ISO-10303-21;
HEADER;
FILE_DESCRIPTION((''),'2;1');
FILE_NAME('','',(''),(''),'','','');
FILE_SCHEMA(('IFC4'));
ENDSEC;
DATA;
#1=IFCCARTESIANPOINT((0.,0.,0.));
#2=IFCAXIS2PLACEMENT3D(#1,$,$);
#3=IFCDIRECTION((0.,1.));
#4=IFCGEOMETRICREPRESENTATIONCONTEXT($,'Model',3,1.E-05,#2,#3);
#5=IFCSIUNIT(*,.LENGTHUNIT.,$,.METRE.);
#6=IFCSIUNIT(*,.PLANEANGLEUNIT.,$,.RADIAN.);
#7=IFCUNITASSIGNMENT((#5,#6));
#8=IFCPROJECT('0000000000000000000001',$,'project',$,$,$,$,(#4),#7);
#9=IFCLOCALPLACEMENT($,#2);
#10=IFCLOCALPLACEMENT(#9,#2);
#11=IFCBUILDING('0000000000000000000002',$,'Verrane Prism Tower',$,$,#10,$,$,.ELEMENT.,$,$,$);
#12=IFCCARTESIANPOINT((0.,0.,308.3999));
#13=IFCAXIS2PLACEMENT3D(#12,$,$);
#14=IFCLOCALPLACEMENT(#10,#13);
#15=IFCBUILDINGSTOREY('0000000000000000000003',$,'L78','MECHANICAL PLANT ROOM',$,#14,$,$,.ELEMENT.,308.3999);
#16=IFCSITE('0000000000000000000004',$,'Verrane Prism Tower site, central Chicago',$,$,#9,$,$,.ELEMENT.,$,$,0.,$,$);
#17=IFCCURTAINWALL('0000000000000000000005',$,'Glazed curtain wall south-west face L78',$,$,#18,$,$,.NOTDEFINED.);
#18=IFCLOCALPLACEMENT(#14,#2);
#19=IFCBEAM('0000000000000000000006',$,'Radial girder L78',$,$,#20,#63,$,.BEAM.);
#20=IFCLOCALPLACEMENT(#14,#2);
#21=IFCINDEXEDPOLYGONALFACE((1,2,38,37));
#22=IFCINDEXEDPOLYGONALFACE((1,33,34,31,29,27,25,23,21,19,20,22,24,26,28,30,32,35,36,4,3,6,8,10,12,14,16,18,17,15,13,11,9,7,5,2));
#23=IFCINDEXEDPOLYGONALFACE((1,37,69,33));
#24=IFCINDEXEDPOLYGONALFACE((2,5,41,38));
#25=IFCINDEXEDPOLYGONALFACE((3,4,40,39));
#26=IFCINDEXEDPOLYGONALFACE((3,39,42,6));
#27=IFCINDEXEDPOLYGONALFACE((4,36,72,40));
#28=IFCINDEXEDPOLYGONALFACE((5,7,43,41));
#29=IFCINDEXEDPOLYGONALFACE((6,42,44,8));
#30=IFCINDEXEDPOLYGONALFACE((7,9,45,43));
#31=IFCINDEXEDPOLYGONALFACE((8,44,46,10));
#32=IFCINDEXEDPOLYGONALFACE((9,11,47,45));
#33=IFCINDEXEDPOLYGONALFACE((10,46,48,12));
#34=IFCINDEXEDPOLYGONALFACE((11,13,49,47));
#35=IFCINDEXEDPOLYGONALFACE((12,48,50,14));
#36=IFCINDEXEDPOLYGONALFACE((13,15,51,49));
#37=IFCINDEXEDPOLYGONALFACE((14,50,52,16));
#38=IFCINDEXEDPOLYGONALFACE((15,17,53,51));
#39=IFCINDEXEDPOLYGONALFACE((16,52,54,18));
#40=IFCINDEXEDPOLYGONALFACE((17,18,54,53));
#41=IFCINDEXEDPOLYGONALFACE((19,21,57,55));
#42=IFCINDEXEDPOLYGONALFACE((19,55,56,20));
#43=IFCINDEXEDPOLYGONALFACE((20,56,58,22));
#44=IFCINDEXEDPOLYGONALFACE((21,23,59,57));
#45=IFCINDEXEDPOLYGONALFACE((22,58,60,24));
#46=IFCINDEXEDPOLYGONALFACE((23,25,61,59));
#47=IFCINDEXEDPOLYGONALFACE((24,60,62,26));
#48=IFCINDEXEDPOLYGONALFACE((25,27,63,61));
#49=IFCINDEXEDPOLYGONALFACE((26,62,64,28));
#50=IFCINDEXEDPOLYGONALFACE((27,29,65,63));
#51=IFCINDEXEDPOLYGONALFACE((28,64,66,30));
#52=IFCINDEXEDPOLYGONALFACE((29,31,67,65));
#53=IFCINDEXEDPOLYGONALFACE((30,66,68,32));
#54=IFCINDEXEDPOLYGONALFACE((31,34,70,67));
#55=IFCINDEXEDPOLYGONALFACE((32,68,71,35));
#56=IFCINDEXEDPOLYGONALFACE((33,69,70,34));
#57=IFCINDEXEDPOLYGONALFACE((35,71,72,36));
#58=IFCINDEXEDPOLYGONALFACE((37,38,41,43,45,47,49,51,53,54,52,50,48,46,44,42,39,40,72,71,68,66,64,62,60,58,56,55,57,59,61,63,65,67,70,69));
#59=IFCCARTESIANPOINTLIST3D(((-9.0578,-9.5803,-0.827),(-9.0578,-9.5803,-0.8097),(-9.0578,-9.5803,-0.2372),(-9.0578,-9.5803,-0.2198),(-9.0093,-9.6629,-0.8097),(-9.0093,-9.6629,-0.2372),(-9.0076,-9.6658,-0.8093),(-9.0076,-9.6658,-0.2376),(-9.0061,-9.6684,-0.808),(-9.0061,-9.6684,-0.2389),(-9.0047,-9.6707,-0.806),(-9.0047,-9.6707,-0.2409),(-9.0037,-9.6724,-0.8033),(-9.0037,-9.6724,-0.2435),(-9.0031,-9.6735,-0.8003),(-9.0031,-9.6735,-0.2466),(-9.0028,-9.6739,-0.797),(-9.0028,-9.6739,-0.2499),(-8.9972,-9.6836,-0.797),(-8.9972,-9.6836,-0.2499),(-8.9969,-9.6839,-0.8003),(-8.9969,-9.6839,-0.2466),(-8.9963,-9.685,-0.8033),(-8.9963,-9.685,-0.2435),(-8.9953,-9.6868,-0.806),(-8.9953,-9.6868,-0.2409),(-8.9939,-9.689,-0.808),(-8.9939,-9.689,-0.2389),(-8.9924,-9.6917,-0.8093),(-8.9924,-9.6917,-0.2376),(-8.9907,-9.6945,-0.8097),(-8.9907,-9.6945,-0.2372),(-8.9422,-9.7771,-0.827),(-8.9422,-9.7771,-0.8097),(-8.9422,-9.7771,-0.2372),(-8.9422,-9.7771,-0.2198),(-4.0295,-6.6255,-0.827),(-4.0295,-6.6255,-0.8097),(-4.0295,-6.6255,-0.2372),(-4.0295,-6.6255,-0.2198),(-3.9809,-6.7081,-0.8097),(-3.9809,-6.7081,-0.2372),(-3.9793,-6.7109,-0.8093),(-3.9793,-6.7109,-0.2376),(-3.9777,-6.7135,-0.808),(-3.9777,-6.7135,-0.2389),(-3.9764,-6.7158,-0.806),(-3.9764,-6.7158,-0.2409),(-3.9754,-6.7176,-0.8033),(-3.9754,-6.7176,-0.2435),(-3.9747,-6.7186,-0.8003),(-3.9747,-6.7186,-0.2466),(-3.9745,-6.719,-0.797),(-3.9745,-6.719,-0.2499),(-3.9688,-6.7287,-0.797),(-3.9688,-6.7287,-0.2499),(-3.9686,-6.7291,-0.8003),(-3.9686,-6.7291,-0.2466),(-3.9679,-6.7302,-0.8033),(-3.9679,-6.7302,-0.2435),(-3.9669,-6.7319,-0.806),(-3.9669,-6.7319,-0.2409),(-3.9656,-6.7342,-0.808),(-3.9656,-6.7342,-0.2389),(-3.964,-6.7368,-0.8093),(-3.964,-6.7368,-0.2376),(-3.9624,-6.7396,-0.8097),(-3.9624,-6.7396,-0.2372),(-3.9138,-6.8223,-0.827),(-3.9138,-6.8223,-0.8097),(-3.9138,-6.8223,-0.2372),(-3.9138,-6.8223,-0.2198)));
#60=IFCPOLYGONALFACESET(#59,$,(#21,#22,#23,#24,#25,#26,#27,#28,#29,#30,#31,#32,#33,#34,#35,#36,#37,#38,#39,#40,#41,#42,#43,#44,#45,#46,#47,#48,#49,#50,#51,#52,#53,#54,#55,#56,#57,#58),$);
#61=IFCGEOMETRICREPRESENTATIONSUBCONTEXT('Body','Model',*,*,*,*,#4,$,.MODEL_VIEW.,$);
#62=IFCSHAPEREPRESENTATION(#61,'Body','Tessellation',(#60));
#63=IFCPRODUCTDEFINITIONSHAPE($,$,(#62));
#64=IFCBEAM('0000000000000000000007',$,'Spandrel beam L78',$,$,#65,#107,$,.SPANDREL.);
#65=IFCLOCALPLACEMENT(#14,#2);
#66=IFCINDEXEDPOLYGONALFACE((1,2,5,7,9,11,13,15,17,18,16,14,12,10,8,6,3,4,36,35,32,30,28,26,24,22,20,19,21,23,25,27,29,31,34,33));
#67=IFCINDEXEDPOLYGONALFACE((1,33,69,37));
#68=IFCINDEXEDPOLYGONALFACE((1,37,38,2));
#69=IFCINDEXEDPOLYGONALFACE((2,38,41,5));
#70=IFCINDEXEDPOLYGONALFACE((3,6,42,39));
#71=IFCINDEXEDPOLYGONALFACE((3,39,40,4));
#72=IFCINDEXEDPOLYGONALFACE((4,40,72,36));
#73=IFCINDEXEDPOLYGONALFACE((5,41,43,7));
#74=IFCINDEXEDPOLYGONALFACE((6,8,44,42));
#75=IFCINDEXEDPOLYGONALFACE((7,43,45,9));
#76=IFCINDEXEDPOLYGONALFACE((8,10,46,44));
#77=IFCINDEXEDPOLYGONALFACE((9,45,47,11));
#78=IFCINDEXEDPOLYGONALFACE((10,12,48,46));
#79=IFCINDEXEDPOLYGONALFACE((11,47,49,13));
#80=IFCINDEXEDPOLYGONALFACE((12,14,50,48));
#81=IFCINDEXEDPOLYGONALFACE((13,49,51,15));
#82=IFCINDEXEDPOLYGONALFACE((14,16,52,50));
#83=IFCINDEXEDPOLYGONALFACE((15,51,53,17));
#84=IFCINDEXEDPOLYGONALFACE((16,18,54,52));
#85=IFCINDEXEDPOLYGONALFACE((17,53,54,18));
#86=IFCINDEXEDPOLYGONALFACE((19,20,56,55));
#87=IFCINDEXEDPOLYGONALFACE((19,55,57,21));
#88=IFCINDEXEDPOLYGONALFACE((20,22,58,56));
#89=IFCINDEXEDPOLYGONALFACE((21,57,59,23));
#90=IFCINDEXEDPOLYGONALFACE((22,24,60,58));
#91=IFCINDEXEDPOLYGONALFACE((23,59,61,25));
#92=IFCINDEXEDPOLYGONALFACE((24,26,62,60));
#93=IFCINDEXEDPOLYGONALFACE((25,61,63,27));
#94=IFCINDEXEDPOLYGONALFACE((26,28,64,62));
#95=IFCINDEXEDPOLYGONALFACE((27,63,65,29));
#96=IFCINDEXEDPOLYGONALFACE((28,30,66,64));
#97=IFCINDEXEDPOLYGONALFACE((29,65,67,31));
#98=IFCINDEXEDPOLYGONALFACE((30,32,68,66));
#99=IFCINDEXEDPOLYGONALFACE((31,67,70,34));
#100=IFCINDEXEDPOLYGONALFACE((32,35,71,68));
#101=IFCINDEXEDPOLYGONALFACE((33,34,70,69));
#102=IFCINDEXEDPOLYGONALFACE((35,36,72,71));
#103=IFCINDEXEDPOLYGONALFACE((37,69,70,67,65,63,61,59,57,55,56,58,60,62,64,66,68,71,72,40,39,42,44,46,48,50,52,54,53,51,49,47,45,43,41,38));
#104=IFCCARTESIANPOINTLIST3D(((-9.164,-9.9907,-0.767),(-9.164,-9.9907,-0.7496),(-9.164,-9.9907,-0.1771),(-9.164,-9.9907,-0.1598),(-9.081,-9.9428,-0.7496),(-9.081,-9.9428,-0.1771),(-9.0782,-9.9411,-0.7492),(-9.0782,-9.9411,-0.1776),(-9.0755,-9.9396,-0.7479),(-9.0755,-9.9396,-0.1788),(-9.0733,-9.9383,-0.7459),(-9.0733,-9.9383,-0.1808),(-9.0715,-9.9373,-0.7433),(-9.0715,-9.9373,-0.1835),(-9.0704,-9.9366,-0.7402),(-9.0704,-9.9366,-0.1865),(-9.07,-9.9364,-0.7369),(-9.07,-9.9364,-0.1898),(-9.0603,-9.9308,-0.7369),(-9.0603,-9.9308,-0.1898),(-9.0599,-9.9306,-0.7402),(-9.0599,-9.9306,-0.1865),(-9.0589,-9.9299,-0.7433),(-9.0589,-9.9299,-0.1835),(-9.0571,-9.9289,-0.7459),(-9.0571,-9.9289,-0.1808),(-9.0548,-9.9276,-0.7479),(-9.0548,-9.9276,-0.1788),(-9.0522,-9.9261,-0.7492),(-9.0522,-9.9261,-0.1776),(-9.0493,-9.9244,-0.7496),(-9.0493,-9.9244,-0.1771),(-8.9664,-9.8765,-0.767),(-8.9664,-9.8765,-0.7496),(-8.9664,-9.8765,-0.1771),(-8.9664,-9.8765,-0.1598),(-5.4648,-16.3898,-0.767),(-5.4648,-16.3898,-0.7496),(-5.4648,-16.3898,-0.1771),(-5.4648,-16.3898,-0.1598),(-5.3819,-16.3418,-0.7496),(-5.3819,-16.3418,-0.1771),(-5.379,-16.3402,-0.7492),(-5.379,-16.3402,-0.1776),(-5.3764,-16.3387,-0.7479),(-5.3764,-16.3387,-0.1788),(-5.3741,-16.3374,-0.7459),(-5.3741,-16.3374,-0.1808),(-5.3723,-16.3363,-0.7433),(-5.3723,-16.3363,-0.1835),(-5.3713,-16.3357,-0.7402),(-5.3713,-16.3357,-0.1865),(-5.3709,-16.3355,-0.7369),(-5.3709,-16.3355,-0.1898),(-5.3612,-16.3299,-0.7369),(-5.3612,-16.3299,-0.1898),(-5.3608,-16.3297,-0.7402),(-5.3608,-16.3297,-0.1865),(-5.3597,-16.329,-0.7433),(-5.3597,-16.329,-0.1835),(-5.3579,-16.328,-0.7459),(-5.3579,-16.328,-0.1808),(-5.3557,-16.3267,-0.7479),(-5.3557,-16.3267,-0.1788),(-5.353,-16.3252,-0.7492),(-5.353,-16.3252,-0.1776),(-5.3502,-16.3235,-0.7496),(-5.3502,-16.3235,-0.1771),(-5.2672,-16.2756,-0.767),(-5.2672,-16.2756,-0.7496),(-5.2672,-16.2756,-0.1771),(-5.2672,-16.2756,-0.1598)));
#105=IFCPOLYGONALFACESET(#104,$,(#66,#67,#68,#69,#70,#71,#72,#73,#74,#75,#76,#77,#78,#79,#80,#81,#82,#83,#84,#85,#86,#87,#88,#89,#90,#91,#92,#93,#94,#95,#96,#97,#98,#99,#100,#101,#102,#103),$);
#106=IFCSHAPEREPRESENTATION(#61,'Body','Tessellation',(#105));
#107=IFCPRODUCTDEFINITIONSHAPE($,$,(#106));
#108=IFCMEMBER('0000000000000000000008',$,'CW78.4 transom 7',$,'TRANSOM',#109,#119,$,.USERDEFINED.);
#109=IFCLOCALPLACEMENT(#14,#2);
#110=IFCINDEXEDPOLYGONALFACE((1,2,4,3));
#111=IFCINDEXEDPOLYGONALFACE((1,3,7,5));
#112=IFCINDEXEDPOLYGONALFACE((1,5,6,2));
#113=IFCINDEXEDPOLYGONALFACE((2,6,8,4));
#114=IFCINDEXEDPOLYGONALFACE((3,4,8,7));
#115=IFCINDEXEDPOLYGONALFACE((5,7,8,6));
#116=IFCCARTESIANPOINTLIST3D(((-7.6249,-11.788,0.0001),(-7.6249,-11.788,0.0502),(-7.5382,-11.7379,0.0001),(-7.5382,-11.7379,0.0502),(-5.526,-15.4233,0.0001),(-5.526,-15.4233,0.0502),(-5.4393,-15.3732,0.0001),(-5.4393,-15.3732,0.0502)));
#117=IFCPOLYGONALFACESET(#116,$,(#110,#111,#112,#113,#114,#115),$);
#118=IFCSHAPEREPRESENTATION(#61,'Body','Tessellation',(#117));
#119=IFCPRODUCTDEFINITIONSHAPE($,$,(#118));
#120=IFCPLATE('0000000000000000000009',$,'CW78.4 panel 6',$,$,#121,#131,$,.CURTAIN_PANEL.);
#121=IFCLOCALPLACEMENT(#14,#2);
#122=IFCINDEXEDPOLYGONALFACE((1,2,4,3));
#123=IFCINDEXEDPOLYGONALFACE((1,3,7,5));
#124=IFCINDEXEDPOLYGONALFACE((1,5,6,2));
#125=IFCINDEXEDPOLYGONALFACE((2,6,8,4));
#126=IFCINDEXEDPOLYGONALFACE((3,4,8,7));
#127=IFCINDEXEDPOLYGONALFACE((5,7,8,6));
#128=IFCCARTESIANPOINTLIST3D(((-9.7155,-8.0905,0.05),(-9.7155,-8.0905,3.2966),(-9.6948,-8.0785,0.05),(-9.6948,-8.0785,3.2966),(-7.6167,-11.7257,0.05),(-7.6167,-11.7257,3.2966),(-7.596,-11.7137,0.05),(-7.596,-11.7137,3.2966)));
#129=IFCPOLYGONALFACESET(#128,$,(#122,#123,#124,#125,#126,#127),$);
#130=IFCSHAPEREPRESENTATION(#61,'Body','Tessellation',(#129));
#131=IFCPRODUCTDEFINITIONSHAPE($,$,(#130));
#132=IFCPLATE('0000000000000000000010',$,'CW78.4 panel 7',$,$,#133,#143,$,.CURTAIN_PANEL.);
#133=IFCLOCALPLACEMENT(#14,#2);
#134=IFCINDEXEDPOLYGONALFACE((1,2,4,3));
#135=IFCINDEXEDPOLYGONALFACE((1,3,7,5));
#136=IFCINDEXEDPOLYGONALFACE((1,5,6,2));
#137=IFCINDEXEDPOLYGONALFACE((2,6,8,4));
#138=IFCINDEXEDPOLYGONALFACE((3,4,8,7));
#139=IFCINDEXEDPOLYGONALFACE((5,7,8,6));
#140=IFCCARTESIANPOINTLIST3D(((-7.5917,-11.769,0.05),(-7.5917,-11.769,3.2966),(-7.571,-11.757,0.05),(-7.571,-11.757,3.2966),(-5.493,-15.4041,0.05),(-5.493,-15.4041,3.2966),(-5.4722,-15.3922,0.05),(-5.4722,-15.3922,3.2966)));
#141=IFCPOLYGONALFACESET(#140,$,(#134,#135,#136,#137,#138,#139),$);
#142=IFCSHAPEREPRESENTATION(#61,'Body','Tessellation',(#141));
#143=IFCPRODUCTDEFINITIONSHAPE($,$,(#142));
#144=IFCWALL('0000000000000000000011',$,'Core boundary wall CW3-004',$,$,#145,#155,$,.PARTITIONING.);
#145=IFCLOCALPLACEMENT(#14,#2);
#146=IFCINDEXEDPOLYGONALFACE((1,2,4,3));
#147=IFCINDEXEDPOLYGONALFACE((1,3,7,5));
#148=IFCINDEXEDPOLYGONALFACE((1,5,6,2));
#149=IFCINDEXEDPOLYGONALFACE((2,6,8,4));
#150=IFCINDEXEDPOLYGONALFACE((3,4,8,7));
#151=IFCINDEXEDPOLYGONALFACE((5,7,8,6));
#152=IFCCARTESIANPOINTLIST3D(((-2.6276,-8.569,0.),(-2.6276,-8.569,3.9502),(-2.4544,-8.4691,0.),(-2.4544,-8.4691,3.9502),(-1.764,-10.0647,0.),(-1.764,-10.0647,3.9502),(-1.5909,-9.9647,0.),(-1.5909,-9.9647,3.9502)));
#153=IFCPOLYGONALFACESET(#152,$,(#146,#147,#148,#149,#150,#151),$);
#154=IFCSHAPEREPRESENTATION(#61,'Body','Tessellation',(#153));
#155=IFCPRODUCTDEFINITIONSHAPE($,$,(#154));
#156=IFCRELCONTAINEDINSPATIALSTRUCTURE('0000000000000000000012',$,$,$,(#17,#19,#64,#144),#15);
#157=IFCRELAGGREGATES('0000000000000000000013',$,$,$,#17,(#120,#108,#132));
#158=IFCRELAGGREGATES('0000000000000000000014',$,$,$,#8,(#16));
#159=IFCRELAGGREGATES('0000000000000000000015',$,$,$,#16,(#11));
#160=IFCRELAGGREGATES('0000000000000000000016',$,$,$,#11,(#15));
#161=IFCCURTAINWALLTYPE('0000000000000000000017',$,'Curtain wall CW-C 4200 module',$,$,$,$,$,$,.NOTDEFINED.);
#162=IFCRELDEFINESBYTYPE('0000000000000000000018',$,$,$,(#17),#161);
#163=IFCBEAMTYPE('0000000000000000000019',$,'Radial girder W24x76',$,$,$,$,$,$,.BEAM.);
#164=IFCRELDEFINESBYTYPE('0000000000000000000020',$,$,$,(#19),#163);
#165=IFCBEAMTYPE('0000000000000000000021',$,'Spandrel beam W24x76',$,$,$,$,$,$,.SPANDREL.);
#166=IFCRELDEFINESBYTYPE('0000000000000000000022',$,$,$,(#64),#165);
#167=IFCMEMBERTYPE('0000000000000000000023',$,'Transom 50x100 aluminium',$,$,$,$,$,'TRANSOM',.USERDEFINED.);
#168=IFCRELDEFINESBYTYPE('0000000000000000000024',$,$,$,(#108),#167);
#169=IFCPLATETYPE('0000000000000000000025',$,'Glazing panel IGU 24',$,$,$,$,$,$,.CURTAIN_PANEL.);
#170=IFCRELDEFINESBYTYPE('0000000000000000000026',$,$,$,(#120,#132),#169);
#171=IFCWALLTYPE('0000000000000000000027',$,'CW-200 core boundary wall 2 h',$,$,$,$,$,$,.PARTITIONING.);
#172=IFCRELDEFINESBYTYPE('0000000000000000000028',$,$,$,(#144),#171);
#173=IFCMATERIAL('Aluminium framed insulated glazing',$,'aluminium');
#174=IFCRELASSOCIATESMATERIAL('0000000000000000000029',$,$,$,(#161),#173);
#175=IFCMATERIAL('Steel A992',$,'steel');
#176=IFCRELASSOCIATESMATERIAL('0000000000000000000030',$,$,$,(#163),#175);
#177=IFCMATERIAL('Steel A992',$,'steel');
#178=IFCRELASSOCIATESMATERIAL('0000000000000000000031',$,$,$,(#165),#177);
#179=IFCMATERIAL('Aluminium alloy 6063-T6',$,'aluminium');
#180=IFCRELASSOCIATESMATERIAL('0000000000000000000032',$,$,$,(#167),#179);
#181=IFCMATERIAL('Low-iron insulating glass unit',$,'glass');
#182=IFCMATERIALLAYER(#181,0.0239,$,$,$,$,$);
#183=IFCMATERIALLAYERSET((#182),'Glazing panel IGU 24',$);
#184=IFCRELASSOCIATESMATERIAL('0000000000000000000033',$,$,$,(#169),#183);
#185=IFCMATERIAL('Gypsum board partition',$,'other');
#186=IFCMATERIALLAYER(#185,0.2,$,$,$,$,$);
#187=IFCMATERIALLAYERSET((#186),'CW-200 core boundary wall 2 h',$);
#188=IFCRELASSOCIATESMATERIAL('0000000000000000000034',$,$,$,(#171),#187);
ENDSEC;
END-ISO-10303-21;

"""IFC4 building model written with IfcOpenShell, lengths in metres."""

from ifc_helpers import new_model, si_unit, direction, frame, frame_2d, origin, origin_2d, place, context, subcontext, project, spatial, rectangle, i_section, extrude, material, layer, layer_set, material_profile, profile_set, type_object, element, aggregate, save


model = new_model("IFC4")

# Units and contexts
model_context = context("Model", 3, precision=1e-05, world=origin(), true_north=direction((0.0, 1.0)))
body_context = subcontext(model_context, "Body", "Model", "MODEL_VIEW")
ifc_project = project(units=[si_unit("LENGTHUNIT", "METRE"), si_unit("PLANEANGLEUNIT", "RADIAN")], contexts=[model_context])

# Site, building, storey
site_placement = place(None, origin())
site = spatial("IfcSite", under=ifc_project, at=site_placement, Name="Verrane Prism Tower site, central Chicago", CompositionType="ELEMENT", RefElevation=0.0)
building_placement = place(site_placement, origin())
building = spatial("IfcBuilding", under=site, at=building_placement, Name="Verrane Prism Tower", CompositionType="ELEMENT")
storey_placement = place(building_placement, frame((0.0, 0.0, 308.3999)))
storey = spatial("IfcBuildingStorey", under=building, at=storey_placement, Name="L78", Description="MECHANICAL PLANT ROOM", CompositionType="ELEMENT", Elevation=308.3999)

# Curtain wall
ifc_material_1 = material(Name="Aluminium framed insulated glazing", Category="aluminium")
curtain_wall_type = type_object("IfcCurtainWallType", Name="Curtain wall CW-C 4200 module", PredefinedType="NOTDEFINED", material=ifc_material_1)
curtain_wall_placement = place(storey_placement, origin())
curtain_wall = element("IfcCurtainWall", 1, at=curtain_wall_placement, inside=storey, type_object=curtain_wall_type, Name="Glazed curtain wall south-west face L78", PredefinedType="NOTDEFINED")

# Beams
ifc_material_2 = material(Name="Steel A992", Category="steel")
ifc_material_profile_1 = material_profile(ifc_material_2, i_section(OverallWidth=0.2283, OverallDepth=0.6072, WebThickness=0.0112, FlangeThickness=0.0173, FilletRadius=0.0127, at=origin_2d()), Name="W24x76")
ifc_profile_set_1 = profile_set([ifc_material_profile_1], Name="Steel A992")
beam_type_1 = type_object("IfcBeamType", Name="Radial girder W24x76", PredefinedType="BEAM", material=ifc_profile_set_1)
beam_1_placement = place(storey_placement, frame((-9.0, -9.6787, -0.5234), z_axis=(0.862159, 0.506638, 0.0), x_axis=(-0.506638, 0.862159, 0.0)))
element("IfcBeam", 2, at=beam_1_placement, inside=storey, type_object=beam_type_1, Name="Radial girder L78", PredefinedType="BEAM", context=body_context, shape_type="SweptSolid", body=[
    extrude(i_section(OverallWidth=0.2283, OverallDepth=0.6072, WebThickness=0.0112, FlangeThickness=0.0173, FilletRadius=0.0127, at=origin_2d()), origin(), (0.0, 0.0, 1.0), 5.8323),
])
ifc_material_3 = material(Name="Steel A992", Category="steel")
ifc_material_profile_2 = material_profile(ifc_material_3, i_section(OverallWidth=0.2283, OverallDepth=0.6072, WebThickness=0.0112, FlangeThickness=0.0173, FilletRadius=0.0127, at=origin_2d()), Name="W24x76")
ifc_profile_set_2 = profile_set([ifc_material_profile_2], Name="Steel A992")
beam_type_2 = type_object("IfcBeamType", Name="Spandrel beam W24x76", PredefinedType="SPANDREL", material=ifc_profile_set_2)
beam_2_placement = place(storey_placement, frame((-9.0652, -9.9336, -0.4634), z_axis=(0.500472, -0.865752, 0.0), x_axis=(0.865752, 0.500472, 0.0)))
element("IfcBeam", 3, at=beam_2_placement, inside=storey, type_object=beam_type_2, Name="Spandrel beam L78", PredefinedType="SPANDREL", context=body_context, shape_type="SweptSolid", body=[
    extrude(i_section(OverallWidth=0.2283, OverallDepth=0.6072, WebThickness=0.0112, FlangeThickness=0.0173, FilletRadius=0.0127, at=origin_2d()), origin(), (0.0, 0.0, 1.0), 7.3914),
])

# Member
ifc_material_4 = material(Name="Aluminium alloy 6063-T6", Category="aluminium")
ifc_material_profile_3 = material_profile(ifc_material_4, rectangle(XDim=0.1001, YDim=0.05, at=origin_2d()), Name="Transom 50x100 aluminium")
ifc_profile_set_3 = profile_set([ifc_material_profile_3], Name="Aluminium alloy 6063-T6")
member_type_1 = type_object("IfcMemberType", Name="Transom 50x100 aluminium", ElementType="TRANSOM", PredefinedType="USERDEFINED", material=ifc_profile_set_3)
member_1_placement = place(storey_placement, frame((-7.5815, -11.7629, 0.0251), z_axis=(0.500011, -0.866019, 0.0), x_axis=(0.866019, 0.500011, 0.0)))
member_1 = element("IfcMember", 4, at=member_1_placement, type_object=member_type_1, Name="CW78.4 transom 7", ObjectType="TRANSOM", PredefinedType="USERDEFINED", context=body_context, shape_type="SweptSolid", body=[
    extrude(rectangle(XDim=0.1001, YDim=0.05, at=origin_2d()), origin(), (0.0, 0.0, 1.0), 4.1978),
])

# Plates
ifc_material_5 = material(Name="Low-iron insulating glass unit", Category="glass")
ifc_layer_1 = layer(ifc_material_5, 0.0239)
ifc_layer_set_1 = layer_set([ifc_layer_1], Name="Glazing panel IGU 24")
plate_type = type_object("IfcPlateType", Name="Glazing panel IGU 24", PredefinedType="CURTAIN_PANEL", material=ifc_layer_set_1)
plate_1_placement = place(storey_placement, frame((-8.6558, -9.9021, 0.05), z_axis=(0.0, 0.0, 1.0), x_axis=(0.5, -0.866025, 0.0)))
plate_1 = element("IfcPlate", 5, at=plate_1_placement, type_object=plate_type, Name="CW78.4 panel 6", PredefinedType="CURTAIN_PANEL", context=body_context, shape_type="SweptSolid", body=[
    extrude(rectangle(XDim=4.1975, YDim=0.0239, at=origin_2d()), origin(), (0.0, 0.0, 1.0), 3.2466),
])
plate_2_placement = place(storey_placement, frame((-6.532, -13.5806, 0.05), z_axis=(0.0, 0.0, 1.0), x_axis=(0.5, -0.866025, 0.0)))
plate_2 = element("IfcPlate", 6, at=plate_2_placement, type_object=plate_type, Name="CW78.4 panel 7", PredefinedType="CURTAIN_PANEL", context=body_context, shape_type="SweptSolid", body=[
    extrude(rectangle(XDim=4.1975, YDim=0.0239, at=origin_2d()), origin(), (0.0, 0.0, 1.0), 3.2466),
])
aggregate(curtain_wall, [plate_1, member_1, plate_2])

# Wall
ifc_material_6 = material(Name="Gypsum board partition", Category="other")
ifc_layer_2 = layer(ifc_material_6, 0.2)
ifc_layer_set_2 = layer_set([ifc_layer_2], Name="CW-200 core boundary wall 2 h")
wall_type_1 = type_object("IfcWallType", Name="CW-200 core boundary wall 2 h", PredefinedType="PARTITIONING", material=ifc_layer_set_2)
wall_1_placement = place(storey_placement, frame((-2.541, -8.519, 0.0), z_axis=(0.0, 0.0, 1.0), x_axis=(0.500016, -0.866016, 0.0)))
element("IfcWall", 7, at=wall_1_placement, inside=storey, type_object=wall_type_1, Name="Core boundary wall CW3-004", PredefinedType="PARTITIONING", context=body_context, shape_type="SweptSolid", body=[
    extrude(rectangle(XDim=1.7271, YDim=0.2, at=frame_2d((0.8635, 0.0))), origin(), (0.0, 0.0, 1.0), 3.9502),
])

save(model, "model.ifc")
